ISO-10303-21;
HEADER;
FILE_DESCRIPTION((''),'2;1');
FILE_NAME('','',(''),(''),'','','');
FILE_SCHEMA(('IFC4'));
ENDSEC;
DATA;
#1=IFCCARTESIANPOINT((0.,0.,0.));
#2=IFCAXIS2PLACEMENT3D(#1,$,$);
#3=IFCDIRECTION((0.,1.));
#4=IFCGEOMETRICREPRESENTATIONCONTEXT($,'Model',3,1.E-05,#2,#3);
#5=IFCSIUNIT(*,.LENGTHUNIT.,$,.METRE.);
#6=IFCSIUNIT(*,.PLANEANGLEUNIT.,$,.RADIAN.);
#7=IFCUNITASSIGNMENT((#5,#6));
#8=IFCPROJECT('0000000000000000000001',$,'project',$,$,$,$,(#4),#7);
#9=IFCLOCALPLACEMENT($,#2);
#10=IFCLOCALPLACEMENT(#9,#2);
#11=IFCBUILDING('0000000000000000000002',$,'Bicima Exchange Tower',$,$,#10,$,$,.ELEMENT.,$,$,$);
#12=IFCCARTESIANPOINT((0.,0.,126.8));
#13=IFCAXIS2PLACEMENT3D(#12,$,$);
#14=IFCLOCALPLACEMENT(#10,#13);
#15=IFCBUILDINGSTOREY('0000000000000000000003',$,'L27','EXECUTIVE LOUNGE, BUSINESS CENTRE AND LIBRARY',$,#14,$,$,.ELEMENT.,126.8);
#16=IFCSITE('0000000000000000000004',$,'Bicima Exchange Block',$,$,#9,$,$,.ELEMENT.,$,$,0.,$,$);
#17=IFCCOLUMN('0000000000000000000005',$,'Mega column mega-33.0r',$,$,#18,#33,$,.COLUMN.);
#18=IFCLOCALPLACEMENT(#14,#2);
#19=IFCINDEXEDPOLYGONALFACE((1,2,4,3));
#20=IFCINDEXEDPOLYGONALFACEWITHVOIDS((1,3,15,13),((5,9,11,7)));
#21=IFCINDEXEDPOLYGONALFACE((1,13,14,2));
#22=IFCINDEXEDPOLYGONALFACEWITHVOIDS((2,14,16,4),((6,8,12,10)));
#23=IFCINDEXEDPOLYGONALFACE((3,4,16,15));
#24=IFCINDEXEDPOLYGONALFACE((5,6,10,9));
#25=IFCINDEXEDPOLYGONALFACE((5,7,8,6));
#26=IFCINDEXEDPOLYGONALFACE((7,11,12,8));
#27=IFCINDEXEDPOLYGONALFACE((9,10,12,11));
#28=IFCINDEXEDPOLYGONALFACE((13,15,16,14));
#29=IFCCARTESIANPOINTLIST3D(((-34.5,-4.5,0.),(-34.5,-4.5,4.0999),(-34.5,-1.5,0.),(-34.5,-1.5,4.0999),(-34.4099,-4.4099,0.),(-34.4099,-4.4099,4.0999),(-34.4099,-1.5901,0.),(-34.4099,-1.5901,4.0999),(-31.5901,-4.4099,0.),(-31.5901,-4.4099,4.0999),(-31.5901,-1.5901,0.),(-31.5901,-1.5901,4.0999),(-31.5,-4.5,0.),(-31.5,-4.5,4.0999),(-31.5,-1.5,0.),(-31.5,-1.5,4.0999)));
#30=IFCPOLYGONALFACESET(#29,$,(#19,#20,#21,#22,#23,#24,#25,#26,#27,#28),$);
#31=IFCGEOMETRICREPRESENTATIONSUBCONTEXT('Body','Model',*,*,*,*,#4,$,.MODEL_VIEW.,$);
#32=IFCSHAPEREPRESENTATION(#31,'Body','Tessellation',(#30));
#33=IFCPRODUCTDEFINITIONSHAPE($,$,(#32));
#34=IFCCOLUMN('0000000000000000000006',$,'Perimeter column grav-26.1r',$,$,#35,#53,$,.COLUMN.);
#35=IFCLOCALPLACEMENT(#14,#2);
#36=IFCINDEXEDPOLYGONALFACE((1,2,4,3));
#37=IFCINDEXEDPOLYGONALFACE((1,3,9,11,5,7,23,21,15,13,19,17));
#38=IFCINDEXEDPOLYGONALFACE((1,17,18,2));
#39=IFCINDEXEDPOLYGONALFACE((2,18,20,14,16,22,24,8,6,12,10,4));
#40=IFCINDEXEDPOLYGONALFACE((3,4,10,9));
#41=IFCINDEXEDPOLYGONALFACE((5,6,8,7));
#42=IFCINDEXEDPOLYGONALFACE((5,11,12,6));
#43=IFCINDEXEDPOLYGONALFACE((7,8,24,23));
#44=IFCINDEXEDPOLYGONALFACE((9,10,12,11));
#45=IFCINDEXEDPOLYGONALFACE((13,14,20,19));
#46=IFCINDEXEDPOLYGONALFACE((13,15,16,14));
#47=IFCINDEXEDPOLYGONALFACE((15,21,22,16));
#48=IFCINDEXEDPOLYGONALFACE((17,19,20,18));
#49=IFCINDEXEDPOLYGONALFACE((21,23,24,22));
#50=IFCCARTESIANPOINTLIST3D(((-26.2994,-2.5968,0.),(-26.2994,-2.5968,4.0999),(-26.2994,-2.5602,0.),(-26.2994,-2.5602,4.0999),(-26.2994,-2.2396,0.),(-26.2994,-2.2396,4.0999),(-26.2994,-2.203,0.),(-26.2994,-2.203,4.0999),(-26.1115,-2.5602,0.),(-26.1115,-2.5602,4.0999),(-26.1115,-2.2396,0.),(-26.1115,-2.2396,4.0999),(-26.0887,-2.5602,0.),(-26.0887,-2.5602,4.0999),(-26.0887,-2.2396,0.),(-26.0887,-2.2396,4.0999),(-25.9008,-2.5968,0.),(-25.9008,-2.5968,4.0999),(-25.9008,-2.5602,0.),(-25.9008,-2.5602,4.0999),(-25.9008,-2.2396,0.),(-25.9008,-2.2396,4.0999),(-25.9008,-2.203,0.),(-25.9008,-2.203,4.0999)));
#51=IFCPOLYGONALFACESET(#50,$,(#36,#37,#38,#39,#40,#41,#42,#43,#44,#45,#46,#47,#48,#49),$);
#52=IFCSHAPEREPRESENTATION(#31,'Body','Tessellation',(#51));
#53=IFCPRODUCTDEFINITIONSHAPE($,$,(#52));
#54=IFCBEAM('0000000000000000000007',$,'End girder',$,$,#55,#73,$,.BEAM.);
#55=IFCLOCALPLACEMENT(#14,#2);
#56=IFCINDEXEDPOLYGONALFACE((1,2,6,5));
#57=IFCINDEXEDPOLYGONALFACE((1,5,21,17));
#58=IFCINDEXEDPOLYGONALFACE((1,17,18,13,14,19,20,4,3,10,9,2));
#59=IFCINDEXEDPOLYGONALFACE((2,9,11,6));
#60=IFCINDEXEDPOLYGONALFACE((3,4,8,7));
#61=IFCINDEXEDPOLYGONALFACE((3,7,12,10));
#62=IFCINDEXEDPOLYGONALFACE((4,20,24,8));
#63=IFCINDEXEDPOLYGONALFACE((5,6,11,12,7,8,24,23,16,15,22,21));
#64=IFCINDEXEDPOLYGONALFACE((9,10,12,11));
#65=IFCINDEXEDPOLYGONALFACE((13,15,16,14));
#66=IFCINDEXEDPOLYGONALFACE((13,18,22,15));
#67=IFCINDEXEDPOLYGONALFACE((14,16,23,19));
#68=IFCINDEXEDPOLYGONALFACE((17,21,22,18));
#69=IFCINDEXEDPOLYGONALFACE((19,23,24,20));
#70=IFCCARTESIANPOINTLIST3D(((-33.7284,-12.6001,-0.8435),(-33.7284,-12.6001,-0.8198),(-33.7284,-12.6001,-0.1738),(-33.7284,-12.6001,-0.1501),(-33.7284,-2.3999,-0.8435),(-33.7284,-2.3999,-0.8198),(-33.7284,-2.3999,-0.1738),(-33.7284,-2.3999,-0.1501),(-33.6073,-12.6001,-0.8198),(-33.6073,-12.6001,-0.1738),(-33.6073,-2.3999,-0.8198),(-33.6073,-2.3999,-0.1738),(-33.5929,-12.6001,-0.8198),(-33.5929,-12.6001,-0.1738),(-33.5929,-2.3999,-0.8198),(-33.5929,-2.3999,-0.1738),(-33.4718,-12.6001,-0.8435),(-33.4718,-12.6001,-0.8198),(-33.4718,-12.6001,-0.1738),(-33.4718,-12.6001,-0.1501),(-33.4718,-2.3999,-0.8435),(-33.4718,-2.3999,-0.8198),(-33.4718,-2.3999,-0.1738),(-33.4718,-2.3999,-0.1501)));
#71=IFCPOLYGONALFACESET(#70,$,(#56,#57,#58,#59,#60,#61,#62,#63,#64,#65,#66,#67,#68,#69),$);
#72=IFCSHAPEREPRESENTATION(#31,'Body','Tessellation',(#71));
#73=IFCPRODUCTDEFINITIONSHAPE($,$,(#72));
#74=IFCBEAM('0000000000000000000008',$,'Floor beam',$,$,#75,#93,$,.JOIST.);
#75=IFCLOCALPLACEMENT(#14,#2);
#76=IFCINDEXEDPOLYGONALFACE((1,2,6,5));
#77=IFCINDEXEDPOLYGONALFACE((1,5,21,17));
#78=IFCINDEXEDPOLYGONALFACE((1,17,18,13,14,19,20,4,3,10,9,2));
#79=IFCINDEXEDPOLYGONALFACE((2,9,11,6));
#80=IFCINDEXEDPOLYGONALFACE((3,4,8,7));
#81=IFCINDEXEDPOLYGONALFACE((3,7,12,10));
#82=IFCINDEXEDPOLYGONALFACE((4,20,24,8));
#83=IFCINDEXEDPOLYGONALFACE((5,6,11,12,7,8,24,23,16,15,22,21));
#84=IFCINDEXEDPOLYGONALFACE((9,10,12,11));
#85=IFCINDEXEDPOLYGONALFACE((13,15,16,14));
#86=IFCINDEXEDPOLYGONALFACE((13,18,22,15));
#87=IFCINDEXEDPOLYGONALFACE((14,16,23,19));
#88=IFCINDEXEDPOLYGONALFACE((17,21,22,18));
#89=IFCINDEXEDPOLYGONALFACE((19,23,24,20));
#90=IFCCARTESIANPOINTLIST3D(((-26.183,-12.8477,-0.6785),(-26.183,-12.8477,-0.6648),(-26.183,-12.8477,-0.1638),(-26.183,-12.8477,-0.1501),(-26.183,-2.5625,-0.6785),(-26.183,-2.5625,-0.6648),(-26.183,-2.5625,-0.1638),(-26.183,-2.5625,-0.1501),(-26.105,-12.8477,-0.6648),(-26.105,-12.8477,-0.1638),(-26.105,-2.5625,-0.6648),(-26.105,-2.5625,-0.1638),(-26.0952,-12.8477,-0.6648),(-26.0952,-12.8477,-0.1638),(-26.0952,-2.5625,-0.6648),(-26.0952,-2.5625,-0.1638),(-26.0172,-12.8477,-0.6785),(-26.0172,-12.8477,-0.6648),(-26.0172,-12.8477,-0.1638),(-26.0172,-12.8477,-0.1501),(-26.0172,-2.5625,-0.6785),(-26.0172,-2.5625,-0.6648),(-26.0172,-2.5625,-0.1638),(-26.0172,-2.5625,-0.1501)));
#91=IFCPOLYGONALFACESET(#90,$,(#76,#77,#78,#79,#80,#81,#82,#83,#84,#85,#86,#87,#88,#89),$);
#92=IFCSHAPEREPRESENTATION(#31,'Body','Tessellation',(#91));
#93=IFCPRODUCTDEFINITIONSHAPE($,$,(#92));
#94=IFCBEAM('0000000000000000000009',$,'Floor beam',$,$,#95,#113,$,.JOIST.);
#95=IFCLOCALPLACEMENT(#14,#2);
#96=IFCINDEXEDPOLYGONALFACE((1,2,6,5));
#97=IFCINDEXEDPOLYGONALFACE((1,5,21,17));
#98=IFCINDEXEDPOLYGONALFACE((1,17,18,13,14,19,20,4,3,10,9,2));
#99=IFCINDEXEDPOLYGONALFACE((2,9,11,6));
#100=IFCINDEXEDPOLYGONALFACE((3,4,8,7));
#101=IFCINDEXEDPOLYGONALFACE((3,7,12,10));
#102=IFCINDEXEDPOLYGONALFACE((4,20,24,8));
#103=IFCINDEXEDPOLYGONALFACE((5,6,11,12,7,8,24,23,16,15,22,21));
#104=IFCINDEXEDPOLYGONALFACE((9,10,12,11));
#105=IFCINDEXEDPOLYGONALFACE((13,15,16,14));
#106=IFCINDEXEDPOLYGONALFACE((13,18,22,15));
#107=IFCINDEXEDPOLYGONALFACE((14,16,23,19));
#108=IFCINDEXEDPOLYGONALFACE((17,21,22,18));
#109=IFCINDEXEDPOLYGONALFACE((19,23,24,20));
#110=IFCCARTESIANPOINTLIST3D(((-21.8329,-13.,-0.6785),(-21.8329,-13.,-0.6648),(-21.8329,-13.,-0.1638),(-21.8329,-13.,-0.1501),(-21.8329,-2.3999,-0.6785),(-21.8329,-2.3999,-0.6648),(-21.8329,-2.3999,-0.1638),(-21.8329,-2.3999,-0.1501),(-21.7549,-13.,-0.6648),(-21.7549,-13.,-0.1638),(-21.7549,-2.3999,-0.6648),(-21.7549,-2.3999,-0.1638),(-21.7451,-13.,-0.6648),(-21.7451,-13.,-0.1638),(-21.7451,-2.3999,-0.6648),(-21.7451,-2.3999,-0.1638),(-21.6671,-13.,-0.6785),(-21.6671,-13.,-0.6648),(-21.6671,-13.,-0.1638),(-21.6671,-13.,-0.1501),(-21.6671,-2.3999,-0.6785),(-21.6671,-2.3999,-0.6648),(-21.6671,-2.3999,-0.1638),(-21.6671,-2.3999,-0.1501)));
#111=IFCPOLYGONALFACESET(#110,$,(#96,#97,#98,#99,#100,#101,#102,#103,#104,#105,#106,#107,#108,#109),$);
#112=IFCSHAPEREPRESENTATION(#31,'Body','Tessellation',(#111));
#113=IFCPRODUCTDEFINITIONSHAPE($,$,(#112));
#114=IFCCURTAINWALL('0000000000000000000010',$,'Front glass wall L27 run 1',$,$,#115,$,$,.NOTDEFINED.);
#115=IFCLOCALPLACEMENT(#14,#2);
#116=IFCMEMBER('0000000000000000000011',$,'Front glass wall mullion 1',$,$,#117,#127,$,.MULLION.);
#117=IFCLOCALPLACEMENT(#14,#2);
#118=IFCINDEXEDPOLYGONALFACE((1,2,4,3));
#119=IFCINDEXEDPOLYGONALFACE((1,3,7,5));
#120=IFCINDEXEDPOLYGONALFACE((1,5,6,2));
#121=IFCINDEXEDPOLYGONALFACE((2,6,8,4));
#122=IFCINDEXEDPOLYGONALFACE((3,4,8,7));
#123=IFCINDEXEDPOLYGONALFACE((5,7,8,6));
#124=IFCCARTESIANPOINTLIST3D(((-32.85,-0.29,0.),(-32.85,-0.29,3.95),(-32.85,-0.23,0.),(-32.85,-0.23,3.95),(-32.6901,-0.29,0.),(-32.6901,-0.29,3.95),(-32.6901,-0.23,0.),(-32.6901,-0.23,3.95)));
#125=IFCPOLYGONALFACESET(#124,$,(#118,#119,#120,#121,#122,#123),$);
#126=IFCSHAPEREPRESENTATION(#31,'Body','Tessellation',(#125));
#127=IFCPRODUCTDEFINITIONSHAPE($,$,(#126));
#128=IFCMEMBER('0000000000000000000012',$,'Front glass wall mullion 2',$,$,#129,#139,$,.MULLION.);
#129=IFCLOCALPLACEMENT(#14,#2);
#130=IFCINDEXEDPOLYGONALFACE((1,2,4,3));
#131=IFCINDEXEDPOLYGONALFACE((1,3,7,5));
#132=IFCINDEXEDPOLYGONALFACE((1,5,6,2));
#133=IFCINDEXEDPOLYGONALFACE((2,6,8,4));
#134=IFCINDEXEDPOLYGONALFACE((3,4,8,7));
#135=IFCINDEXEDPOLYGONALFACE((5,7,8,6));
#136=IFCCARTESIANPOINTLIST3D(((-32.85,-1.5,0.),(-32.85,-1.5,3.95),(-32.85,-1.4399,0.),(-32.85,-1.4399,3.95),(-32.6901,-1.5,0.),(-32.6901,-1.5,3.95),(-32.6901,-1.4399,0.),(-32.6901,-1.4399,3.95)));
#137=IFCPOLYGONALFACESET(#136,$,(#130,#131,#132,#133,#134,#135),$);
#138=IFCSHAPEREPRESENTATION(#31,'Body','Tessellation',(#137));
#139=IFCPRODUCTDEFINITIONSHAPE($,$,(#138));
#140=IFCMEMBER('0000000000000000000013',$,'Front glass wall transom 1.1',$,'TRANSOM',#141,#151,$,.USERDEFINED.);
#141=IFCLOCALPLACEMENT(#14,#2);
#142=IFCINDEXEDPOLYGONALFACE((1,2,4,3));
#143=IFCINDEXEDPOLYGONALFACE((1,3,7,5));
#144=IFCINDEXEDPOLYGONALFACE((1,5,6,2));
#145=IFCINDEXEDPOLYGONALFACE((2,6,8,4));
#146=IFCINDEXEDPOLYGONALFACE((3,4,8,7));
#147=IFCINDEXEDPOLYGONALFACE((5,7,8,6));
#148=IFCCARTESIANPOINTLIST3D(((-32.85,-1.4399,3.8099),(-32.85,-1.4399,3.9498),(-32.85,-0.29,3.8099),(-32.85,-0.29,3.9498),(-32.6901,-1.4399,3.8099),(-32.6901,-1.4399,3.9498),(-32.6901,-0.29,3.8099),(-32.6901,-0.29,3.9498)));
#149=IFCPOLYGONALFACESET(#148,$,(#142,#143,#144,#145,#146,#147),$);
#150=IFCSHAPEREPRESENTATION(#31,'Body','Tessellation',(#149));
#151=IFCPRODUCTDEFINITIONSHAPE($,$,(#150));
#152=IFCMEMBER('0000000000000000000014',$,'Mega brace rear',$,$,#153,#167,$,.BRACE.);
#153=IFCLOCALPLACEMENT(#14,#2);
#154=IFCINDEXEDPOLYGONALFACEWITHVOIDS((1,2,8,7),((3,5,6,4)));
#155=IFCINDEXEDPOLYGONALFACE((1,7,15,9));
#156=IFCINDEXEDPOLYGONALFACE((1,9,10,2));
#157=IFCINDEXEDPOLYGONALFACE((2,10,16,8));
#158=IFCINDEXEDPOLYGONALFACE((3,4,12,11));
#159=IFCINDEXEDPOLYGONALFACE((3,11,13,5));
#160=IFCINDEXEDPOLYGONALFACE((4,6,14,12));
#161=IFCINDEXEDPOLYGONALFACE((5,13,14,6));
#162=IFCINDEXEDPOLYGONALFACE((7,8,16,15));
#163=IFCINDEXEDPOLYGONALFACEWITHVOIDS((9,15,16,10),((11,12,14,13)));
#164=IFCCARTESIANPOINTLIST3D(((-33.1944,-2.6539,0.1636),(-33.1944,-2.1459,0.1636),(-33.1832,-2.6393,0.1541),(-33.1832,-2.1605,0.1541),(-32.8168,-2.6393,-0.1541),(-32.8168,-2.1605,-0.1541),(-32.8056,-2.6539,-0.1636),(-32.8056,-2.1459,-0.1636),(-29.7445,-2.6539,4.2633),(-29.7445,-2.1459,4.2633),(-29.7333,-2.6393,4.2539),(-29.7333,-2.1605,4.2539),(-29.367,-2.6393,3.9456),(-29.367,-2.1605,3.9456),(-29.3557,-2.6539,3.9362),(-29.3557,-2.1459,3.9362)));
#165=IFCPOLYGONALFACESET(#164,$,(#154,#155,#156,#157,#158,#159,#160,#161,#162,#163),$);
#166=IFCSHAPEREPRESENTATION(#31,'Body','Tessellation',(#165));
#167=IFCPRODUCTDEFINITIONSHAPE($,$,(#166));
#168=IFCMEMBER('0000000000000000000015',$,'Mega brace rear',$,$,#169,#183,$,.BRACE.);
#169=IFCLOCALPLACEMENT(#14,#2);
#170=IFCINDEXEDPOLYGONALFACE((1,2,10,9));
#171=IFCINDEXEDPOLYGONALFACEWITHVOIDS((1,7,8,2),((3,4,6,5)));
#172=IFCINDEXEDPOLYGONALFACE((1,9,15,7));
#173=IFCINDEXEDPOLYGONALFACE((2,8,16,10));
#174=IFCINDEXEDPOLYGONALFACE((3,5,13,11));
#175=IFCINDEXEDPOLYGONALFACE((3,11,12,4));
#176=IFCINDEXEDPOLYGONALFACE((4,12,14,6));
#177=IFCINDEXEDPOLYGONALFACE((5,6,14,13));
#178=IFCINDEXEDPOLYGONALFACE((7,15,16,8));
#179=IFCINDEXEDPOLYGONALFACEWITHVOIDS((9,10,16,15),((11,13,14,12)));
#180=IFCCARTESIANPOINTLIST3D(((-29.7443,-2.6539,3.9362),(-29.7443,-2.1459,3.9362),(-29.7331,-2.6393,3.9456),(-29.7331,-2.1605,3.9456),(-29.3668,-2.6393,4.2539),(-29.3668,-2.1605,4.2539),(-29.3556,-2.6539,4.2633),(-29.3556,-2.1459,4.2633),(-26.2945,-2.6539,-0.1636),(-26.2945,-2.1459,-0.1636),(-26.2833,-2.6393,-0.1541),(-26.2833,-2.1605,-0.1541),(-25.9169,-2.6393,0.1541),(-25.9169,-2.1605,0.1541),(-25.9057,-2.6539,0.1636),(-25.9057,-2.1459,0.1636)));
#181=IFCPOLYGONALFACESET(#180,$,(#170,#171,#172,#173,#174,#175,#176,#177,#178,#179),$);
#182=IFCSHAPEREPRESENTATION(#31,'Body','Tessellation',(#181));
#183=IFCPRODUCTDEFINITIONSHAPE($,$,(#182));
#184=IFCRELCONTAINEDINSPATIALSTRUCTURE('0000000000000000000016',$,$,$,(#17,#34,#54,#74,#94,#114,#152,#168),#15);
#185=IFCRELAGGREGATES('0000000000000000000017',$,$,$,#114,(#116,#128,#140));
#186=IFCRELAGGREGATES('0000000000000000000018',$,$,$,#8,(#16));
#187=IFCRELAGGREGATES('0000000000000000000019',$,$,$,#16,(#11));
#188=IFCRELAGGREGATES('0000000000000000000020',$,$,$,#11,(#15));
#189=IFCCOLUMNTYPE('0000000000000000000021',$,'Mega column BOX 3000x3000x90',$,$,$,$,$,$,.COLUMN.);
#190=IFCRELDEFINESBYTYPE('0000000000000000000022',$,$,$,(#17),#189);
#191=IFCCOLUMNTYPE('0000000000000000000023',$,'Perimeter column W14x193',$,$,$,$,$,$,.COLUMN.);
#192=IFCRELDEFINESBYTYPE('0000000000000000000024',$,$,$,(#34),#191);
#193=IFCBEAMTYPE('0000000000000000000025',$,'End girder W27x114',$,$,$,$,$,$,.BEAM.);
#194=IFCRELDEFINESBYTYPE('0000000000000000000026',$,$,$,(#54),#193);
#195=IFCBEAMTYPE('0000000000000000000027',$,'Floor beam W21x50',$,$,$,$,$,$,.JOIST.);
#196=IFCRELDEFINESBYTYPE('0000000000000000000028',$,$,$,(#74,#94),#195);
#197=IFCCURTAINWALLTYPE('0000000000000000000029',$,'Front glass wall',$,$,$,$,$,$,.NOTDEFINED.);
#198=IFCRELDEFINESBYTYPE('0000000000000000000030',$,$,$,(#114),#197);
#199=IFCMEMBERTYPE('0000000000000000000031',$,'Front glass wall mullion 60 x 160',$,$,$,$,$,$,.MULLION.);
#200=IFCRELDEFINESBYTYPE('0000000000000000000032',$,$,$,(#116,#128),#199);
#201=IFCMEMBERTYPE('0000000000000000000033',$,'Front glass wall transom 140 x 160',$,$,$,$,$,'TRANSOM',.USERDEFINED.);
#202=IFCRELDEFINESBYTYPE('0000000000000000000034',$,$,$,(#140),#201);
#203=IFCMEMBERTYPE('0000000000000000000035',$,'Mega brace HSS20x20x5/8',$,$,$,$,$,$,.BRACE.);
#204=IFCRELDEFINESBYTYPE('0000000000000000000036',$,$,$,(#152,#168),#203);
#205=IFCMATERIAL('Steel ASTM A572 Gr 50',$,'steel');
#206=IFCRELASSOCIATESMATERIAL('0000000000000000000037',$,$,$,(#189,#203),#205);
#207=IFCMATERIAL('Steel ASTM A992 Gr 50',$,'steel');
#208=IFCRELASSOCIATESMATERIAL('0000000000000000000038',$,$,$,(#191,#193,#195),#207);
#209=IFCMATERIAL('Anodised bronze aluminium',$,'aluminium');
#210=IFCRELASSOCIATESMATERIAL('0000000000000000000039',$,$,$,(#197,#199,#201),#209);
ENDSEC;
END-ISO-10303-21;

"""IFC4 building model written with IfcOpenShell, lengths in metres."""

from ifc_helpers import new_model, si_unit, direction, frame, origin, origin_2d, place, context, subcontext, project, spatial, rectangle, hollow_rectangle, i_section, extrude, material, material_profile, profile_set, type_object, element, aggregate, save


model = new_model("IFC4")

# Units and contexts
model_context = context("Model", 3, precision=1e-05, world=origin(), true_north=direction((0.0, 1.0)))
body_context = subcontext(model_context, "Body", "Model", "MODEL_VIEW")
ifc_project = project(units=[si_unit("LENGTHUNIT", "METRE"), si_unit("PLANEANGLEUNIT", "RADIAN")], contexts=[model_context])

# Site, building, storey
site_placement = place(None, origin())
site = spatial("IfcSite", under=ifc_project, at=site_placement, Name="Bicima Exchange Block", CompositionType="ELEMENT", RefElevation=0.0)
building_placement = place(site_placement, origin())
building = spatial("IfcBuilding", under=site, at=building_placement, Name="Bicima Exchange Tower", CompositionType="ELEMENT")
storey_placement = place(building_placement, frame((0.0, 0.0, 126.8)))
storey = spatial("IfcBuildingStorey", under=building, at=storey_placement, Name="L27", Description="EXECUTIVE LOUNGE, BUSINESS CENTRE AND LIBRARY", CompositionType="ELEMENT", Elevation=126.8)

# Columns
ifc_material_1 = material(Name="Steel ASTM A572 Gr 50", Category="steel")
ifc_material_profile_1 = material_profile(ifc_material_1, hollow_rectangle(XDim=3.0, YDim=3.0, WallThickness=0.0901, at=origin_2d()))
ifc_profile_set_1 = profile_set([ifc_material_profile_1], Name="Steel ASTM A572 Gr 50")
column_type_1 = type_object("IfcColumnType", Name="Mega column BOX 3000x3000x90", PredefinedType="COLUMN", material=ifc_profile_set_1)
column_1_placement = place(storey_placement, frame((-33.0, -3.0, 0.0), z_axis=(0.0, 0.0, 1.0), x_axis=(1.0, 0.0, 0.0)))
element("IfcColumn", 1, at=column_1_placement, inside=storey, type_object=column_type_1, Name="Mega column mega-33.0r", PredefinedType="COLUMN", context=body_context, shape_type="SweptSolid", body=[
    extrude(hollow_rectangle(XDim=3.0, YDim=3.0, WallThickness=0.0901, at=origin_2d()), origin(), (0.0, 0.0, 1.0), 4.0999),
])
ifc_material_2 = material(Name="Steel ASTM A992 Gr 50", Category="steel")
ifc_material_profile_2 = material_profile(ifc_material_2, i_section(OverallWidth=0.3987, OverallDepth=0.3938, WebThickness=0.0227, FlangeThickness=0.0366, at=origin_2d()))
ifc_profile_set_2 = profile_set([ifc_material_profile_2], Name="Steel ASTM A992 Gr 50")
column_type_2 = type_object("IfcColumnType", Name="Perimeter column W14x193", PredefinedType="COLUMN", material=ifc_profile_set_2)
column_2_placement = place(storey_placement, frame((-26.1001, -2.3999, 0.0), z_axis=(0.0, 0.0, 1.0), x_axis=(1.0, 0.0, 0.0)))
element("IfcColumn", 2, at=column_2_placement, inside=storey, type_object=column_type_2, Name="Perimeter column grav-26.1r", PredefinedType="COLUMN", context=body_context, shape_type="SweptSolid", body=[
    extrude(i_section(OverallWidth=0.3987, OverallDepth=0.3938, WebThickness=0.0227, FlangeThickness=0.0366, at=origin_2d()), origin(), (0.0, 0.0, 1.0), 4.0999),
])

# Beams
ifc_material_profile_3 = material_profile(ifc_material_2, i_section(OverallWidth=0.2566, OverallDepth=0.6934, WebThickness=0.0144, FlangeThickness=0.0237, at=origin_2d()))
ifc_profile_set_3 = profile_set([ifc_material_profile_3], Name="Steel ASTM A992 Gr 50")
beam_type_1 = type_object("IfcBeamType", Name="End girder W27x114", PredefinedType="BEAM", material=ifc_profile_set_3)
beam_1_placement = place(storey_placement, frame((-33.6001, -2.3999, -0.4968), z_axis=(0.0, -1.0, 0.0), x_axis=(1.0, 0.0, 0.0)))
element("IfcBeam", 3, at=beam_1_placement, inside=storey, type_object=beam_type_1, Name="End girder", PredefinedType="BEAM", context=body_context, shape_type="SweptSolid", body=[
    extrude(i_section(OverallWidth=0.2566, OverallDepth=0.6934, WebThickness=0.0144, FlangeThickness=0.0237, at=origin_2d()), origin(), (0.0, 0.0, 1.0), 10.2002),
])
ifc_material_profile_4 = material_profile(ifc_material_2, i_section(OverallWidth=0.1658, OverallDepth=0.5283, WebThickness=0.0098, FlangeThickness=0.0137, at=origin_2d()))
ifc_profile_set_4 = profile_set([ifc_material_profile_4], Name="Steel ASTM A992 Gr 50")
beam_type_2 = type_object("IfcBeamType", Name="Floor beam W21x50", PredefinedType="JOIST", material=ifc_profile_set_4)
beam_2_placement = place(storey_placement, frame((-26.1001, -2.5625, -0.4143), z_axis=(0.0, -1.0, 0.0), x_axis=(1.0, 0.0, 0.0)))
element("IfcBeam", 4, at=beam_2_placement, inside=storey, type_object=beam_type_2, Name="Floor beam", PredefinedType="JOIST", context=body_context, shape_type="SweptSolid", body=[
    extrude(i_section(OverallWidth=0.1658, OverallDepth=0.5283, WebThickness=0.0098, FlangeThickness=0.0137, at=origin_2d()), origin(), (0.0, 0.0, 1.0), 10.2852),
])
beam_3_placement = place(storey_placement, frame((-21.75, -2.3999, -0.4143), z_axis=(0.0, -1.0, 0.0), x_axis=(1.0, 0.0, 0.0)))
element("IfcBeam", 5, at=beam_3_placement, inside=storey, type_object=beam_type_2, Name="Floor beam", PredefinedType="JOIST", context=body_context, shape_type="SweptSolid", body=[
    extrude(i_section(OverallWidth=0.1658, OverallDepth=0.5283, WebThickness=0.0098, FlangeThickness=0.0137, at=origin_2d()), origin(), (0.0, 0.0, 1.0), 10.6001),
])

# Curtain wall, members
ifc_material_3 = material(Name="Anodised bronze aluminium", Category="aluminium")
curtain_wall_type = type_object("IfcCurtainWallType", Name="Front glass wall", PredefinedType="NOTDEFINED", material=ifc_material_3)
curtain_wall_placement = place(storey_placement, origin())
curtain_wall = element("IfcCurtainWall", 6, at=curtain_wall_placement, inside=storey, type_object=curtain_wall_type, Name="Front glass wall L27 run 1", PredefinedType="NOTDEFINED")
ifc_material_profile_5 = material_profile(ifc_material_3, rectangle(XDim=0.1599, YDim=0.0601, at=origin_2d()))
ifc_profile_set_5 = profile_set([ifc_material_profile_5], Name="Anodised bronze aluminium")
member_type_1 = type_object("IfcMemberType", Name="Front glass wall mullion 60 x 160", PredefinedType="MULLION", material=ifc_profile_set_5)
member_1_placement = place(storey_placement, frame((-32.77, -0.26, 0.0), z_axis=(0.0, 0.0, 1.0), x_axis=(1.0, 0.0, 0.0)))
member_1 = element("IfcMember", 7, at=member_1_placement, type_object=member_type_1, Name="Front glass wall mullion 1", PredefinedType="MULLION", context=body_context, shape_type="SweptSolid", body=[
    extrude(rectangle(XDim=0.1599, YDim=0.0601, at=origin_2d()), origin(), (0.0, 0.0, 1.0), 3.95),
])
member_2_placement = place(storey_placement, frame((-32.77, -1.47, 0.0), z_axis=(0.0, 0.0, 1.0), x_axis=(1.0, 0.0, 0.0)))
member_2 = element("IfcMember", 8, at=member_2_placement, type_object=member_type_1, Name="Front glass wall mullion 2", PredefinedType="MULLION", context=body_context, shape_type="SweptSolid", body=[
    extrude(rectangle(XDim=0.1599, YDim=0.0601, at=origin_2d()), origin(), (0.0, 0.0, 1.0), 3.95),
])
ifc_material_profile_6 = material_profile(ifc_material_3, rectangle(XDim=0.1599, YDim=0.1399, at=origin_2d()))
ifc_profile_set_6 = profile_set([ifc_material_profile_6], Name="Anodised bronze aluminium")
member_type_2 = type_object("IfcMemberType", Name="Front glass wall transom 140 x 160", ElementType="TRANSOM", PredefinedType="USERDEFINED", material=ifc_profile_set_6)
member_3_placement = place(storey_placement, frame((-32.77, -0.29, 3.8799), z_axis=(0.0, -1.0, 0.0), x_axis=(1.0, 0.0, 0.0)))
member_3 = element("IfcMember", 9, at=member_3_placement, type_object=member_type_2, Name="Front glass wall transom 1.1", ObjectType="TRANSOM", PredefinedType="USERDEFINED", context=body_context, shape_type="SweptSolid", body=[
    extrude(rectangle(XDim=0.1599, YDim=0.1399, at=origin_2d()), origin(), (0.0, 0.0, 1.0), 1.1499),
])

# Members
ifc_material_profile_7 = material_profile(ifc_material_1, hollow_rectangle(XDim=0.5081, YDim=0.5081, WallThickness=0.0146, at=origin_2d()))
ifc_profile_set_7 = profile_set([ifc_material_profile_7], Name="Steel ASTM A572 Gr 50")
member_type_3 = type_object("IfcMemberType", Name="Mega brace HSS20x20x5/8", PredefinedType="BRACE", material=ifc_profile_set_7)
for number, where, z_axis, x_axis, name in (
    (10, (-33.0, -2.3999, 0.0), (0.643856, 0.0, 0.765146), (0.0, 1.0, 0.0), "Mega brace rear"),
    (11, (-26.1001, -2.3999, 0.0), (-0.643856, 0.0, 0.765146), (0.0, -1.0, 0.0), "Mega brace rear"),
):
    element("IfcMember", number, at=place(storey_placement, frame(where, z_axis=z_axis, x_axis=x_axis)), inside=storey, type_object=member_type_3, Name=name, PredefinedType="BRACE", context=body_context, shape_type="SweptSolid", body=[
        extrude(hollow_rectangle(XDim=0.5081, YDim=0.5081, WallThickness=0.0146, at=origin_2d()), origin(), (0.0, 0.0, 1.0), 5.3582),
    ])

aggregate(curtain_wall, [member_1, member_2, member_3])

save(model, "model.ifc")
